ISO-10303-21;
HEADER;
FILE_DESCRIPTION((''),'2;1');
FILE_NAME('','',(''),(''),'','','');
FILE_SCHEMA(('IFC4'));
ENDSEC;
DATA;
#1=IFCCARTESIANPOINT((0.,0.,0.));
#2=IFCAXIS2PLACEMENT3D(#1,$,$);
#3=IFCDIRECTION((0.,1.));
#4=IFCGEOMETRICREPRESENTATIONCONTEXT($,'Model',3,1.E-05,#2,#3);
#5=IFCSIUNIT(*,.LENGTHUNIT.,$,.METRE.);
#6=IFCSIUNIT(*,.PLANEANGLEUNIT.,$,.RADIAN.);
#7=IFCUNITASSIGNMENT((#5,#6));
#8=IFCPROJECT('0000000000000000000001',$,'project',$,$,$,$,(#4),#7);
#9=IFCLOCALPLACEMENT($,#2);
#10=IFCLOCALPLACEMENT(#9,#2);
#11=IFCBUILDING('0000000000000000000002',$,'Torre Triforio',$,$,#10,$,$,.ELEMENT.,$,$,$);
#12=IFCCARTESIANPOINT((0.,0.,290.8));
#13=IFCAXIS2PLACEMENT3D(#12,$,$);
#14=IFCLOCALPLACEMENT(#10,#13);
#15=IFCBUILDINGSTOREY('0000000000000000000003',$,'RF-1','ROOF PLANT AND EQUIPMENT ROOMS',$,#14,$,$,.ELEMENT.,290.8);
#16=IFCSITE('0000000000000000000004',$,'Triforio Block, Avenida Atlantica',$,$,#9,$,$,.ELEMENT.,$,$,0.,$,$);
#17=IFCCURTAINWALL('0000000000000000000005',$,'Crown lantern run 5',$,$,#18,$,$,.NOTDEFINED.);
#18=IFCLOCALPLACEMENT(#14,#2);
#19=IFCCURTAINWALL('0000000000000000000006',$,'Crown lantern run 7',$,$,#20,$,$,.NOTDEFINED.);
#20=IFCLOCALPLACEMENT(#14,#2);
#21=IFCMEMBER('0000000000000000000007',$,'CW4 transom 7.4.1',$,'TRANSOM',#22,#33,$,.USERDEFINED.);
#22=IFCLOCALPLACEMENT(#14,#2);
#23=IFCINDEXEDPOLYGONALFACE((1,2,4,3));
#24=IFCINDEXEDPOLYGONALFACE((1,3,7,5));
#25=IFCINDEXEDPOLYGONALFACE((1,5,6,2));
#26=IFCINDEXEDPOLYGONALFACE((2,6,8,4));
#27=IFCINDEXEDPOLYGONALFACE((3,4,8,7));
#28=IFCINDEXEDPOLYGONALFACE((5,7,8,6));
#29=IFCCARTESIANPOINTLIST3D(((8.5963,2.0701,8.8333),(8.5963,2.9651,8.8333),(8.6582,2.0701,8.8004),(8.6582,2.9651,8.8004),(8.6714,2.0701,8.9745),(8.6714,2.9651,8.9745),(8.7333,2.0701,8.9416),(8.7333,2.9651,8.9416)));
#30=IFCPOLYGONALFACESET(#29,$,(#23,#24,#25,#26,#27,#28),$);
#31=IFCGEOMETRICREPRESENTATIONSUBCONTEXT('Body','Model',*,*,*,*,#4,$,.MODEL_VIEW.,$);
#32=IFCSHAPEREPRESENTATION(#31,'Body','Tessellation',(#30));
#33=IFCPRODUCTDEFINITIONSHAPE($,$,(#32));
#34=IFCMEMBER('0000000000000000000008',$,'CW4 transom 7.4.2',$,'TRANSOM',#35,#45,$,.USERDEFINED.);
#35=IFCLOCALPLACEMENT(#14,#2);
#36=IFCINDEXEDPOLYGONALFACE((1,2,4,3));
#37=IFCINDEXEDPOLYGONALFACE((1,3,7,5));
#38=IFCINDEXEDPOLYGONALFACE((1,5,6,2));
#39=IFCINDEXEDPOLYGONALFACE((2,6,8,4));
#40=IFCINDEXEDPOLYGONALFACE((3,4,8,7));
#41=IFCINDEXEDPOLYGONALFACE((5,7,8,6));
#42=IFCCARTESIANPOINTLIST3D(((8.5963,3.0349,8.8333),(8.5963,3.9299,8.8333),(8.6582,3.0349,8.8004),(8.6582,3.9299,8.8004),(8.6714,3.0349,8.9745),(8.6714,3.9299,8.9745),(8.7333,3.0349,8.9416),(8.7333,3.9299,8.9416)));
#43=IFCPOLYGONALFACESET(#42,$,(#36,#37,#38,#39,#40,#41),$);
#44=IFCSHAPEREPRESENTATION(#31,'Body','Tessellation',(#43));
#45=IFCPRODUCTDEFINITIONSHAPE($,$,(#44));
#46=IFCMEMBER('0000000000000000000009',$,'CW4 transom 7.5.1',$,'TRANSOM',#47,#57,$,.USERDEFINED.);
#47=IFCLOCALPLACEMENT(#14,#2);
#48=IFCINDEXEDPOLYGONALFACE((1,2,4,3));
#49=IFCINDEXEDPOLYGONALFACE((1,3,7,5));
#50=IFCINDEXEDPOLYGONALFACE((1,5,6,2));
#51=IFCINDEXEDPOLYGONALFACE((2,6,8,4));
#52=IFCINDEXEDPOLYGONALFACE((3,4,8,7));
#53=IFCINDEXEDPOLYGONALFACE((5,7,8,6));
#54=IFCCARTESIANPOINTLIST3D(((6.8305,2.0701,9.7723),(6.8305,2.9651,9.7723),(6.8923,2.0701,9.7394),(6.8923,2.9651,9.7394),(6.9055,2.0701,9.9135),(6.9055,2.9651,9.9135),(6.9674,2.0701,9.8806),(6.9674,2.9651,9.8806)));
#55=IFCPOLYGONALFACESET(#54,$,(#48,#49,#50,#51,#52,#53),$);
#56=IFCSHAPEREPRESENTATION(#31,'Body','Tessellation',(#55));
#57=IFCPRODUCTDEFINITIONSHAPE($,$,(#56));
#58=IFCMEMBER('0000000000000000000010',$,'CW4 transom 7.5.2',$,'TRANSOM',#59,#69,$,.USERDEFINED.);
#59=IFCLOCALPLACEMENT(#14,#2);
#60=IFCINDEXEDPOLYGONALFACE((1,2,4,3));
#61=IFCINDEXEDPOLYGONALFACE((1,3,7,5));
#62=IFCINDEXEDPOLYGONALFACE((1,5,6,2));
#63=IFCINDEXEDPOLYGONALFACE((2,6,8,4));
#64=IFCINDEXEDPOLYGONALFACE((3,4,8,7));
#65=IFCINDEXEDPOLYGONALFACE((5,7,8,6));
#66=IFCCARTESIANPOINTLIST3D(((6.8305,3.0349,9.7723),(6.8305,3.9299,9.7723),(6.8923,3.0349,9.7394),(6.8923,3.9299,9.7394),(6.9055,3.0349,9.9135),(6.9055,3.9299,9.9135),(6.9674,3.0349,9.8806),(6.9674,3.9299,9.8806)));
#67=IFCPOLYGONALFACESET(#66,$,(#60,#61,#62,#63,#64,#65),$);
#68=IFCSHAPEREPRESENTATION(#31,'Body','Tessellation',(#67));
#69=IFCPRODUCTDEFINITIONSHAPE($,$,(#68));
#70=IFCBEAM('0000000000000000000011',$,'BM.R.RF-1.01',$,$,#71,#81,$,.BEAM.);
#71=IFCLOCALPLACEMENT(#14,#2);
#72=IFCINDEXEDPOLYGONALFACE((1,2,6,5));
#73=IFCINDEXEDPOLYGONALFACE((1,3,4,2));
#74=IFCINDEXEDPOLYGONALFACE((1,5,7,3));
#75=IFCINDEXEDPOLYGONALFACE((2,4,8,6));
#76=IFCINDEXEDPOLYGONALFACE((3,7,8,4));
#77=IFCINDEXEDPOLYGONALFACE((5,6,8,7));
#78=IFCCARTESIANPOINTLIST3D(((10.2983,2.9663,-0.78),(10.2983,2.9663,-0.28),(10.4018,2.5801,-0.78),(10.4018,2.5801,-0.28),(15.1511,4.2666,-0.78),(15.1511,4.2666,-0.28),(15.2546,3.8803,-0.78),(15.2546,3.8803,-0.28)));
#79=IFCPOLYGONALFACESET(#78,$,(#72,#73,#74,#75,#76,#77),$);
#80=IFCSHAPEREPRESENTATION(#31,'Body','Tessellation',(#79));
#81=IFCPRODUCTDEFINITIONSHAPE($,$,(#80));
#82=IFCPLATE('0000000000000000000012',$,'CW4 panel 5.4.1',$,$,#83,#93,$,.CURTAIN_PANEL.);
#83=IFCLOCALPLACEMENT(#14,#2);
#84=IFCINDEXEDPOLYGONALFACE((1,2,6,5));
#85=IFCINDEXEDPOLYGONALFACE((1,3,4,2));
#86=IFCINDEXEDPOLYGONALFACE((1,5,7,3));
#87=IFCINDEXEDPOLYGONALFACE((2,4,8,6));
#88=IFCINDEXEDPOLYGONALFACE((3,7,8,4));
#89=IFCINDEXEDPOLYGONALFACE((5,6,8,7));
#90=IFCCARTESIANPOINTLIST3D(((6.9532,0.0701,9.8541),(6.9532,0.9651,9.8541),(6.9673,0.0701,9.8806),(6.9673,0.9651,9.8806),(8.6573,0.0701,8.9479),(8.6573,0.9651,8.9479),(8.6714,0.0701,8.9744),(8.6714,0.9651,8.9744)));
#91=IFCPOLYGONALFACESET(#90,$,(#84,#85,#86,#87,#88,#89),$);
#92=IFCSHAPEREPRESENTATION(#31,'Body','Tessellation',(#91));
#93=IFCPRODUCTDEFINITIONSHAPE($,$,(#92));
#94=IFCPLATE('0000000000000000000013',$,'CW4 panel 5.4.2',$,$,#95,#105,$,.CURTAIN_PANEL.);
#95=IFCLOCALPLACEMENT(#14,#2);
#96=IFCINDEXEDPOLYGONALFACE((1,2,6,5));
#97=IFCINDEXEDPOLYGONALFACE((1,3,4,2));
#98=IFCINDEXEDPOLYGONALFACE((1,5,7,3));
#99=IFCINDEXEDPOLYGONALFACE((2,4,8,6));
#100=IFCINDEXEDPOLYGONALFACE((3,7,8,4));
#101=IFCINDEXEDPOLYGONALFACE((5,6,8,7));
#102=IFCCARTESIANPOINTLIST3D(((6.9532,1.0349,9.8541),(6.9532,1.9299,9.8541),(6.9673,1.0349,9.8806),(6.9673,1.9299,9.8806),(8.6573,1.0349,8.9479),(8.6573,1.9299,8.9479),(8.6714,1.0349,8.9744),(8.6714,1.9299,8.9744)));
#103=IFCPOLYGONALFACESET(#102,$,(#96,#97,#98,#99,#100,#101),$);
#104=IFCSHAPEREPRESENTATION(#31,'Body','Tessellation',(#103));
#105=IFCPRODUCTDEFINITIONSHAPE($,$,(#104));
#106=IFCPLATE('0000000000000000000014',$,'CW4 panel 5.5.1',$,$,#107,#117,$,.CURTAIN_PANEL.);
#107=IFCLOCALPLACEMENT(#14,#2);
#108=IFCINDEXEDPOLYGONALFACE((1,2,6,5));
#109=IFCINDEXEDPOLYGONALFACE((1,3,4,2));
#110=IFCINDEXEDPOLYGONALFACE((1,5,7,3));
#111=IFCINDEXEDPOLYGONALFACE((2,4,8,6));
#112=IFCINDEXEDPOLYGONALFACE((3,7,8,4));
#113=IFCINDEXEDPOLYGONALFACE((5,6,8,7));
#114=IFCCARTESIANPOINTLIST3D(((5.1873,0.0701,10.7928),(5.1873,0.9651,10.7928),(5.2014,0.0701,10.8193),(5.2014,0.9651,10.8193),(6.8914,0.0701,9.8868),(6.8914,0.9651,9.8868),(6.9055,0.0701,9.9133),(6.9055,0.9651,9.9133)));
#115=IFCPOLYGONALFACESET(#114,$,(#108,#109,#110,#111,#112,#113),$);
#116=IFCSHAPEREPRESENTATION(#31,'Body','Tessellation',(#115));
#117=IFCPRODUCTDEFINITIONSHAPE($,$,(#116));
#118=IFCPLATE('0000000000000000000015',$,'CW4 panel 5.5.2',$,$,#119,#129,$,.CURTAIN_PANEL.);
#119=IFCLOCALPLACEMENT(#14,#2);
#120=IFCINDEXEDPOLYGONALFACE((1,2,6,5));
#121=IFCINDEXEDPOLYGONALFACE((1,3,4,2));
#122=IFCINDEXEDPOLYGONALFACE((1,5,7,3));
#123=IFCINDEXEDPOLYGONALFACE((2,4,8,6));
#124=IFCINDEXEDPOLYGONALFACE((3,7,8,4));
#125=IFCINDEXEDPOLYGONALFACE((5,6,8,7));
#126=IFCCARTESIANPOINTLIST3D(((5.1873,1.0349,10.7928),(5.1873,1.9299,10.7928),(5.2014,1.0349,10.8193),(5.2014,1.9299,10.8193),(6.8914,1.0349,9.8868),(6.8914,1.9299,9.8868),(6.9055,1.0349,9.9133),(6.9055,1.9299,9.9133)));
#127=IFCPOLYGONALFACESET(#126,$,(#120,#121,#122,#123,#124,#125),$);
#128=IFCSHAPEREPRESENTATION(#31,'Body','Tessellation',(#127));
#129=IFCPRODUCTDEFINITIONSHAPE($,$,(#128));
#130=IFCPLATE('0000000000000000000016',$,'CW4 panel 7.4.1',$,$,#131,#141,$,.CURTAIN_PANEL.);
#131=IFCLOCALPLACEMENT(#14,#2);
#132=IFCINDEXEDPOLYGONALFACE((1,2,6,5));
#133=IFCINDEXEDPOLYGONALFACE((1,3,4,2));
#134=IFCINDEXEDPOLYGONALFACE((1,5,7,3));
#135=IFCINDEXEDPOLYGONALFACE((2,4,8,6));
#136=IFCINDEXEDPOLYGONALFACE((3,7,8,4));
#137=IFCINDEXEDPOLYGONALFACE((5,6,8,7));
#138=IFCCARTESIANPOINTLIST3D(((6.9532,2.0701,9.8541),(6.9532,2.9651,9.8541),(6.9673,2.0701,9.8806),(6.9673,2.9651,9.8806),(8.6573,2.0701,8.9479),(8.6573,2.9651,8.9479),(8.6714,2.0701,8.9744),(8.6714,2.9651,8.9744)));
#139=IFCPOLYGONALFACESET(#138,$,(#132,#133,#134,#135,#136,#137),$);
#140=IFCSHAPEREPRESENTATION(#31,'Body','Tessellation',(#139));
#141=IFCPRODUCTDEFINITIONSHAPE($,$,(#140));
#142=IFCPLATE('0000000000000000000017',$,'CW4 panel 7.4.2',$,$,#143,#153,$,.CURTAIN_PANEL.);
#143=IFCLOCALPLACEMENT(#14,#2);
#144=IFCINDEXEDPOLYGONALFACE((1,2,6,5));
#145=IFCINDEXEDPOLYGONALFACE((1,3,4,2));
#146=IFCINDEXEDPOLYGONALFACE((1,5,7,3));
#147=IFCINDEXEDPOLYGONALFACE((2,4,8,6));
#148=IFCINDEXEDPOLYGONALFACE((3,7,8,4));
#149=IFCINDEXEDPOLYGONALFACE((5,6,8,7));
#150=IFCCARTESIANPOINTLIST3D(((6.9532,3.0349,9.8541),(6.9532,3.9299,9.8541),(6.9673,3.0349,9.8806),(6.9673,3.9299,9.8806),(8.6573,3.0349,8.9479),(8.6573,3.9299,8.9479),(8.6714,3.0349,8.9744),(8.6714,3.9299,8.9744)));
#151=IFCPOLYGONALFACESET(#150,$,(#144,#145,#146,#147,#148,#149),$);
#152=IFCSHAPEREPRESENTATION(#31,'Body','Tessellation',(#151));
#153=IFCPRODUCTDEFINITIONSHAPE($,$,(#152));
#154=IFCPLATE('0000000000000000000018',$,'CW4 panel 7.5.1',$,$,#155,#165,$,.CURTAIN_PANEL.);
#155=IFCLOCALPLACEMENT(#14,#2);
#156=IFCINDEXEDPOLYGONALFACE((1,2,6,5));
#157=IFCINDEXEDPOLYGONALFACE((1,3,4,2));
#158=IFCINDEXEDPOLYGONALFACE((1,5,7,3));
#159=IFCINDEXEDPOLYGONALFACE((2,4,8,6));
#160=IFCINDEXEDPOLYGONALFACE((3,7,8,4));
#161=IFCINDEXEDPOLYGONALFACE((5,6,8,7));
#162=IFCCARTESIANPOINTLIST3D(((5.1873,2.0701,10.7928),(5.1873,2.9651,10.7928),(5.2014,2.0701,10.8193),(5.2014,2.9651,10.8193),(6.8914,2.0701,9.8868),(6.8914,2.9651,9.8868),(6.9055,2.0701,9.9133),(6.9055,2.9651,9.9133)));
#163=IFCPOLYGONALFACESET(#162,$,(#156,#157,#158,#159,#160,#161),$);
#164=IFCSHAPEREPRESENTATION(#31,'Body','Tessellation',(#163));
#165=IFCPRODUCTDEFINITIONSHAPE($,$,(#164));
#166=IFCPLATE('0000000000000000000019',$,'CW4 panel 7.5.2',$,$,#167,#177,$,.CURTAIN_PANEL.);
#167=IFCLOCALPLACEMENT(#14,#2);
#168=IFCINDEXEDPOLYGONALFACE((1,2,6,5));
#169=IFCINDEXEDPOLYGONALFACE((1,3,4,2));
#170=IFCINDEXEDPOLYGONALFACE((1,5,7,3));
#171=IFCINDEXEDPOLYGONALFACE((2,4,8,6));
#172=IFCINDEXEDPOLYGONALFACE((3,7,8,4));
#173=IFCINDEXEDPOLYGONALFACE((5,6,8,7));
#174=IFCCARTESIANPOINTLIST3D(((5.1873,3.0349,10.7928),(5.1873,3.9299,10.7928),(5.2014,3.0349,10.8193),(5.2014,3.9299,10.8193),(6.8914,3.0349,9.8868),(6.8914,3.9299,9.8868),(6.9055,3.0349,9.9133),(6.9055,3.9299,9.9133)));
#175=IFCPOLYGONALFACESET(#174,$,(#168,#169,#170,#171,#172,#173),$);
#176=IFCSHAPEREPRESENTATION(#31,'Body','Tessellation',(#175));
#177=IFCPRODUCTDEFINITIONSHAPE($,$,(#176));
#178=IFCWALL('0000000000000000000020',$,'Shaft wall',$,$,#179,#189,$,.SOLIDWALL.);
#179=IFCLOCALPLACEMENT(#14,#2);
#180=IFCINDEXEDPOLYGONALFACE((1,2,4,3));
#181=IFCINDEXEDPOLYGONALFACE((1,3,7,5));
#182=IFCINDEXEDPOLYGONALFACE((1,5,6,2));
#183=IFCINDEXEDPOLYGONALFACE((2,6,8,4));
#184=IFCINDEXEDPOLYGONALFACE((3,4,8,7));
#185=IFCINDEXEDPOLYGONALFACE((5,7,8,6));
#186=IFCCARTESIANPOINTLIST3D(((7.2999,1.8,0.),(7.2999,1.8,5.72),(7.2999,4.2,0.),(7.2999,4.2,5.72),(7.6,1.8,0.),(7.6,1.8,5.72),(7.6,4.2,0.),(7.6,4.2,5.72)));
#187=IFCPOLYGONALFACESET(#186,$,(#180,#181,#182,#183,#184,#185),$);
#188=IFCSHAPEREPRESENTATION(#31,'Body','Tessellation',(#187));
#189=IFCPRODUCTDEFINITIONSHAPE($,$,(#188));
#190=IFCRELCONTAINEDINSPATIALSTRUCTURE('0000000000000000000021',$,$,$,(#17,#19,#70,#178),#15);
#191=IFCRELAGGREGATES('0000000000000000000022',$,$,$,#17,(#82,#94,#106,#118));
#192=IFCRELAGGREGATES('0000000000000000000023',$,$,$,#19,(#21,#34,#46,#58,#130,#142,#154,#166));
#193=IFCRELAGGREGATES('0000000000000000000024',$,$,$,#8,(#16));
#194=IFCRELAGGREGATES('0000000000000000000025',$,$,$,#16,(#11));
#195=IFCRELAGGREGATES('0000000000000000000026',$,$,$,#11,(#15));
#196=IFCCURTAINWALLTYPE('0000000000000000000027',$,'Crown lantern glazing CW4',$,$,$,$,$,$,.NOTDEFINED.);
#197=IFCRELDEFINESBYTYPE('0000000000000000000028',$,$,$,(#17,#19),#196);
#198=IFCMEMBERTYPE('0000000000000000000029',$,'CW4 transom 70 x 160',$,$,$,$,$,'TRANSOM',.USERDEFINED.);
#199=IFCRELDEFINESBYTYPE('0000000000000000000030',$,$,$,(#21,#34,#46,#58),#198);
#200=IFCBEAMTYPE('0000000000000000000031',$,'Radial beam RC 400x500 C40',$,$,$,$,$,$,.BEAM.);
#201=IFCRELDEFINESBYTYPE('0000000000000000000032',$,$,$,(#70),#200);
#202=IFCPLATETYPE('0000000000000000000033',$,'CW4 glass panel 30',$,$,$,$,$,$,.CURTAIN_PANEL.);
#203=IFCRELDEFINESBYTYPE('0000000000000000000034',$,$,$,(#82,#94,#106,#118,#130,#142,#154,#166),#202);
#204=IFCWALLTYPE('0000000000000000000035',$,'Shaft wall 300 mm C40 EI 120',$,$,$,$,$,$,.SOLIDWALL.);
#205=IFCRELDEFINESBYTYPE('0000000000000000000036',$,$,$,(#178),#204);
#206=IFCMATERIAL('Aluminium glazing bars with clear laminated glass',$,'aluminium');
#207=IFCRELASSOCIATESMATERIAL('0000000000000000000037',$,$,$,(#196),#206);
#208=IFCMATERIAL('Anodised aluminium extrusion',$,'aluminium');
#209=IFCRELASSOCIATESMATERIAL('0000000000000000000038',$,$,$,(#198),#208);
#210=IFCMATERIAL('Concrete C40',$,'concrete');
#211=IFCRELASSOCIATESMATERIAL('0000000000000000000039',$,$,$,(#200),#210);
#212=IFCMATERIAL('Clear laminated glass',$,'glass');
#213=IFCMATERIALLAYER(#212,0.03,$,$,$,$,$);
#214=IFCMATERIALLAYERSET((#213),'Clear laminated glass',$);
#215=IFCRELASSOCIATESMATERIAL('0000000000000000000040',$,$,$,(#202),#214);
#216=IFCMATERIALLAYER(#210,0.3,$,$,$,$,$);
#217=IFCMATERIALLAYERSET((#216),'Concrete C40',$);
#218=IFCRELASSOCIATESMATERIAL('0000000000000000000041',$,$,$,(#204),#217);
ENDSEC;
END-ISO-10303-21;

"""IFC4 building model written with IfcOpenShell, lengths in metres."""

from ifc_helpers import new_model, si_unit, direction, frame, frame_2d, origin, origin_2d, place, context, subcontext, project, spatial, polyline, rectangle, outline, extrude, material, layer, layer_set, material_profile, profile_set, type_object, element, aggregate, save


model = new_model("IFC4")

# Units and contexts
model_context = context("Model", 3, precision=1e-05, world=origin(), true_north=direction((0.0, 1.0)))
body_context = subcontext(model_context, "Body", "Model", "MODEL_VIEW")
ifc_project = project(units=[si_unit("LENGTHUNIT", "METRE"), si_unit("PLANEANGLEUNIT", "RADIAN")], contexts=[model_context])

# Site, building, storey
site_placement = place(None, origin())
site = spatial("IfcSite", under=ifc_project, at=site_placement, Name="Triforio Block, Avenida Atlantica", CompositionType="ELEMENT", RefElevation=0.0)
building_placement = place(site_placement, origin())
building = spatial("IfcBuilding", under=site, at=building_placement, Name="Torre Triforio", CompositionType="ELEMENT")
storey_placement = place(building_placement, frame((0.0, 0.0, 290.8)))
storey = spatial("IfcBuildingStorey", under=building, at=storey_placement, Name="RF-1", Description="ROOF PLANT AND EQUIPMENT ROOMS", CompositionType="ELEMENT", Elevation=290.8)

# Curtain walls
ifc_material_1 = material(Name="Aluminium glazing bars with clear laminated glass", Category="aluminium")
curtain_wall_type = type_object("IfcCurtainWallType", Name="Crown lantern glazing CW4", PredefinedType="NOTDEFINED", material=ifc_material_1)
curtain_wall_1_placement = place(storey_placement, origin())
curtain_wall_1 = element("IfcCurtainWall", 1, at=curtain_wall_1_placement, inside=storey, type_object=curtain_wall_type, Name="Crown lantern run 5", PredefinedType="NOTDEFINED")
ifc_material_2 = material(Name="Anodised aluminium extrusion", Category="aluminium")
curtain_wall_2_placement = place(storey_placement, origin())
curtain_wall_2 = element("IfcCurtainWall", 2, at=curtain_wall_2_placement, inside=storey, type_object=curtain_wall_type, Name="Crown lantern run 7", PredefinedType="NOTDEFINED")

# Members
ifc_material_profile_1 = material_profile(ifc_material_2, rectangle(XDim=0.0701, YDim=0.1599, at=origin_2d()), Name="CW4 TRANSOM 70x160")
ifc_profile_set_1 = profile_set([ifc_material_profile_1], Name="Anodised aluminium extrusion")
member_type_1 = type_object("IfcMemberType", Name="CW4 transom 70 x 160", ElementType="TRANSOM", PredefinedType="USERDEFINED", material=ifc_profile_set_1)
member_1_placement = place(storey_placement, frame((8.6648, 2.0701, 8.8875), z_axis=(0.0, 1.0, 0.0), x_axis=(-0.882948, 0.0, 0.469472)))
member_1 = element("IfcMember", 3, at=member_1_placement, type_object=member_type_1, Name="CW4 transom 7.4.1", ObjectType="TRANSOM", PredefinedType="USERDEFINED", context=body_context, shape_type="SweptSolid", body=[
    extrude(rectangle(XDim=0.0701, YDim=0.1599, at=origin_2d()), origin(), (0.0, 0.0, 1.0), 0.895),
])
member_2_placement = place(storey_placement, frame((8.6648, 3.0349, 8.8875), z_axis=(0.0, 1.0, 0.0), x_axis=(-0.882948, 0.0, 0.469472)))
member_2 = element("IfcMember", 4, at=member_2_placement, type_object=member_type_1, Name="CW4 transom 7.4.2", ObjectType="TRANSOM", PredefinedType="USERDEFINED", context=body_context, shape_type="SweptSolid", body=[
    extrude(rectangle(XDim=0.0701, YDim=0.1599, at=origin_2d()), origin(), (0.0, 0.0, 1.0), 0.895),
])
member_3_placement = place(storey_placement, frame((6.8989, 2.0701, 9.8264), z_axis=(0.0, 1.0, 0.0), x_axis=(-0.882948, 0.0, 0.469472)))
member_3 = element("IfcMember", 5, at=member_3_placement, type_object=member_type_1, Name="CW4 transom 7.5.1", ObjectType="TRANSOM", PredefinedType="USERDEFINED", context=body_context, shape_type="SweptSolid", body=[
    extrude(rectangle(XDim=0.0701, YDim=0.1599, at=origin_2d()), origin(), (0.0, 0.0, 1.0), 0.895),
])
member_4_placement = place(storey_placement, frame((6.8989, 3.0349, 9.8264), z_axis=(0.0, 1.0, 0.0), x_axis=(-0.882948, 0.0, 0.469472)))
member_4 = element("IfcMember", 6, at=member_4_placement, type_object=member_type_1, Name="CW4 transom 7.5.2", ObjectType="TRANSOM", PredefinedType="USERDEFINED", context=body_context, shape_type="SweptSolid", body=[
    extrude(rectangle(XDim=0.0701, YDim=0.1599, at=origin_2d()), origin(), (0.0, 0.0, 1.0), 0.895),
])

# Beam
ifc_material_3 = material(Name="Concrete C40", Category="concrete")
ifc_material_profile_2 = material_profile(ifc_material_3, rectangle(XDim=0.3999, YDim=0.5, at=origin_2d()), Name="RC 400x500")
ifc_profile_set_2 = profile_set([ifc_material_profile_2], Name="Concrete C40")
beam_type = type_object("IfcBeamType", Name="Radial beam RC 400x500 C40", PredefinedType="BEAM", material=ifc_profile_set_2)
beam_placement = place(storey_placement, frame((10.3501, 2.7732, -0.53), z_axis=(0.965926, 0.258818, 0.0), x_axis=(-0.258818, 0.965926, 0.0)))
element("IfcBeam", 7, at=beam_placement, inside=storey, type_object=beam_type, Name="BM.R.RF-1.01", PredefinedType="BEAM", context=body_context, shape_type="SweptSolid", body=[
    extrude(rectangle(XDim=0.3999, YDim=0.5, at=origin_2d()), origin(), (0.0, 0.0, 1.0), 5.0239),
])

# Plates
ifc_material_4 = material(Name="Clear laminated glass", Category="glass")
ifc_layer_1 = layer(ifc_material_4, 0.03)
ifc_layer_set_1 = layer_set([ifc_layer_1], Name="Clear laminated glass")
plate_type = type_object("IfcPlateType", Name="CW4 glass panel 30", PredefinedType="CURTAIN_PANEL", material=ifc_layer_set_1)
plate_1_placement = place(storey_placement, frame((8.6714, 0.0701, 8.9744), z_axis=(0.469537, 0.0, 0.882913), x_axis=(0.0, 1.0, 0.0)))
plate_1 = element("IfcPlate", 8, at=plate_1_placement, type_object=plate_type, Name="CW4 panel 5.4.1", PredefinedType="CURTAIN_PANEL", context=body_context, shape_type="SweptSolid", body=[
    extrude(outline(polyline([(0.0, 0.0), (0.895, 0.0), (0.895, 1.9301), (0.0, 1.9301), (0.0, 0.0)])), origin(), (0.0, 0.0, -1.0), 0.03),
])
plate_2_placement = place(storey_placement, frame((8.6714, 1.0349, 8.9744), z_axis=(0.469537, 0.0, 0.882913), x_axis=(0.0, 1.0, 0.0)))
plate_2 = element("IfcPlate", 9, at=plate_2_placement, type_object=plate_type, Name="CW4 panel 5.4.2", PredefinedType="CURTAIN_PANEL", context=body_context, shape_type="SweptSolid", body=[
    extrude(outline(polyline([(0.0, 0.0), (0.895, 0.0), (0.895, 1.9301), (0.0, 1.9301), (0.0, 0.0)])), origin(), (0.0, 0.0, -1.0), 0.03),
])
plate_3_placement = place(storey_placement, frame((6.9055, 0.0701, 9.9133), z_axis=(0.469439, 0.0, 0.882965), x_axis=(0.0, 1.0, 0.0)))
plate_3 = element("IfcPlate", 10, at=plate_3_placement, type_object=plate_type, Name="CW4 panel 5.5.1", PredefinedType="CURTAIN_PANEL", context=body_context, shape_type="SweptSolid", body=[
    extrude(outline(polyline([(0.0, 0.0), (0.895, 0.0), (0.895, 1.93), (0.0, 1.93), (0.0, 0.0)])), origin(), (0.0, 0.0, -1.0), 0.03),
])
plate_4_placement = place(storey_placement, frame((6.9055, 1.0349, 9.9133), z_axis=(0.469439, 0.0, 0.882965), x_axis=(0.0, 1.0, 0.0)))
plate_4 = element("IfcPlate", 11, at=plate_4_placement, type_object=plate_type, Name="CW4 panel 5.5.2", PredefinedType="CURTAIN_PANEL", context=body_context, shape_type="SweptSolid", body=[
    extrude(outline(polyline([(0.0, 0.0), (0.895, 0.0), (0.895, 1.93), (0.0, 1.93), (0.0, 0.0)])), origin(), (0.0, 0.0, -1.0), 0.03),
])
aggregate(curtain_wall_1, [plate_1, plate_2, plate_3, plate_4])
plate_5_placement = place(storey_placement, frame((8.6714, 2.0701, 8.9744), z_axis=(0.469537, 0.0, 0.882913), x_axis=(0.0, 1.0, 0.0)))
plate_5 = element("IfcPlate", 12, at=plate_5_placement, type_object=plate_type, Name="CW4 panel 7.4.1", PredefinedType="CURTAIN_PANEL", context=body_context, shape_type="SweptSolid", body=[
    extrude(outline(polyline([(0.0, 0.0), (0.895, 0.0), (0.895, 1.9301), (0.0, 1.9301), (0.0, 0.0)])), origin(), (0.0, 0.0, -1.0), 0.03),
])
plate_6_placement = place(storey_placement, frame((8.6714, 3.0349, 8.9744), z_axis=(0.469537, 0.0, 0.882913), x_axis=(0.0, 1.0, 0.0)))
plate_6 = element("IfcPlate", 13, at=plate_6_placement, type_object=plate_type, Name="CW4 panel 7.4.2", PredefinedType="CURTAIN_PANEL", context=body_context, shape_type="SweptSolid", body=[
    extrude(outline(polyline([(0.0, 0.0), (0.895, 0.0), (0.895, 1.9301), (0.0, 1.9301), (0.0, 0.0)])), origin(), (0.0, 0.0, -1.0), 0.03),
])
plate_7_placement = place(storey_placement, frame((6.9055, 2.0701, 9.9133), z_axis=(0.469439, 0.0, 0.882965), x_axis=(0.0, 1.0, 0.0)))
plate_7 = element("IfcPlate", 14, at=plate_7_placement, type_object=plate_type, Name="CW4 panel 7.5.1", PredefinedType="CURTAIN_PANEL", context=body_context, shape_type="SweptSolid", body=[
    extrude(outline(polyline([(0.0, 0.0), (0.895, 0.0), (0.895, 1.93), (0.0, 1.93), (0.0, 0.0)])), origin(), (0.0, 0.0, -1.0), 0.03),
])
plate_8_placement = place(storey_placement, frame((6.9055, 3.0349, 9.9133), z_axis=(0.469439, 0.0, 0.882965), x_axis=(0.0, 1.0, 0.0)))
plate_8 = element("IfcPlate", 15, at=plate_8_placement, type_object=plate_type, Name="CW4 panel 7.5.2", PredefinedType="CURTAIN_PANEL", context=body_context, shape_type="SweptSolid", body=[
    extrude(outline(polyline([(0.0, 0.0), (0.895, 0.0), (0.895, 1.93), (0.0, 1.93), (0.0, 0.0)])), origin(), (0.0, 0.0, -1.0), 0.03),
])
aggregate(curtain_wall_2, [member_1, member_2, member_3, member_4, plate_5, plate_6, plate_7, plate_8])

# Wall
ifc_layer_2 = layer(ifc_material_3, 0.3)
ifc_layer_set_2 = layer_set([ifc_layer_2], Name="Concrete C40")
wall_type = type_object("IfcWallType", Name="Shaft wall 300 mm C40 EI 120", PredefinedType="SOLIDWALL", material=ifc_layer_set_2)
wall_placement = place(storey_placement, frame((7.45, 1.8, 0.0), z_axis=(0.0, 0.0, 1.0), x_axis=(0.0, 1.0, 0.0)))
element("IfcWall", 16, at=wall_placement, inside=storey, type_object=wall_type, Name="Shaft wall", PredefinedType="SOLIDWALL", context=body_context, shape_type="SweptSolid", body=[
    extrude(rectangle(XDim=2.3999, YDim=0.3, at=frame_2d((1.2, 0.0))), origin(), (0.0, 0.0, 1.0), 5.72),
])

save(model, "model.ifc")
